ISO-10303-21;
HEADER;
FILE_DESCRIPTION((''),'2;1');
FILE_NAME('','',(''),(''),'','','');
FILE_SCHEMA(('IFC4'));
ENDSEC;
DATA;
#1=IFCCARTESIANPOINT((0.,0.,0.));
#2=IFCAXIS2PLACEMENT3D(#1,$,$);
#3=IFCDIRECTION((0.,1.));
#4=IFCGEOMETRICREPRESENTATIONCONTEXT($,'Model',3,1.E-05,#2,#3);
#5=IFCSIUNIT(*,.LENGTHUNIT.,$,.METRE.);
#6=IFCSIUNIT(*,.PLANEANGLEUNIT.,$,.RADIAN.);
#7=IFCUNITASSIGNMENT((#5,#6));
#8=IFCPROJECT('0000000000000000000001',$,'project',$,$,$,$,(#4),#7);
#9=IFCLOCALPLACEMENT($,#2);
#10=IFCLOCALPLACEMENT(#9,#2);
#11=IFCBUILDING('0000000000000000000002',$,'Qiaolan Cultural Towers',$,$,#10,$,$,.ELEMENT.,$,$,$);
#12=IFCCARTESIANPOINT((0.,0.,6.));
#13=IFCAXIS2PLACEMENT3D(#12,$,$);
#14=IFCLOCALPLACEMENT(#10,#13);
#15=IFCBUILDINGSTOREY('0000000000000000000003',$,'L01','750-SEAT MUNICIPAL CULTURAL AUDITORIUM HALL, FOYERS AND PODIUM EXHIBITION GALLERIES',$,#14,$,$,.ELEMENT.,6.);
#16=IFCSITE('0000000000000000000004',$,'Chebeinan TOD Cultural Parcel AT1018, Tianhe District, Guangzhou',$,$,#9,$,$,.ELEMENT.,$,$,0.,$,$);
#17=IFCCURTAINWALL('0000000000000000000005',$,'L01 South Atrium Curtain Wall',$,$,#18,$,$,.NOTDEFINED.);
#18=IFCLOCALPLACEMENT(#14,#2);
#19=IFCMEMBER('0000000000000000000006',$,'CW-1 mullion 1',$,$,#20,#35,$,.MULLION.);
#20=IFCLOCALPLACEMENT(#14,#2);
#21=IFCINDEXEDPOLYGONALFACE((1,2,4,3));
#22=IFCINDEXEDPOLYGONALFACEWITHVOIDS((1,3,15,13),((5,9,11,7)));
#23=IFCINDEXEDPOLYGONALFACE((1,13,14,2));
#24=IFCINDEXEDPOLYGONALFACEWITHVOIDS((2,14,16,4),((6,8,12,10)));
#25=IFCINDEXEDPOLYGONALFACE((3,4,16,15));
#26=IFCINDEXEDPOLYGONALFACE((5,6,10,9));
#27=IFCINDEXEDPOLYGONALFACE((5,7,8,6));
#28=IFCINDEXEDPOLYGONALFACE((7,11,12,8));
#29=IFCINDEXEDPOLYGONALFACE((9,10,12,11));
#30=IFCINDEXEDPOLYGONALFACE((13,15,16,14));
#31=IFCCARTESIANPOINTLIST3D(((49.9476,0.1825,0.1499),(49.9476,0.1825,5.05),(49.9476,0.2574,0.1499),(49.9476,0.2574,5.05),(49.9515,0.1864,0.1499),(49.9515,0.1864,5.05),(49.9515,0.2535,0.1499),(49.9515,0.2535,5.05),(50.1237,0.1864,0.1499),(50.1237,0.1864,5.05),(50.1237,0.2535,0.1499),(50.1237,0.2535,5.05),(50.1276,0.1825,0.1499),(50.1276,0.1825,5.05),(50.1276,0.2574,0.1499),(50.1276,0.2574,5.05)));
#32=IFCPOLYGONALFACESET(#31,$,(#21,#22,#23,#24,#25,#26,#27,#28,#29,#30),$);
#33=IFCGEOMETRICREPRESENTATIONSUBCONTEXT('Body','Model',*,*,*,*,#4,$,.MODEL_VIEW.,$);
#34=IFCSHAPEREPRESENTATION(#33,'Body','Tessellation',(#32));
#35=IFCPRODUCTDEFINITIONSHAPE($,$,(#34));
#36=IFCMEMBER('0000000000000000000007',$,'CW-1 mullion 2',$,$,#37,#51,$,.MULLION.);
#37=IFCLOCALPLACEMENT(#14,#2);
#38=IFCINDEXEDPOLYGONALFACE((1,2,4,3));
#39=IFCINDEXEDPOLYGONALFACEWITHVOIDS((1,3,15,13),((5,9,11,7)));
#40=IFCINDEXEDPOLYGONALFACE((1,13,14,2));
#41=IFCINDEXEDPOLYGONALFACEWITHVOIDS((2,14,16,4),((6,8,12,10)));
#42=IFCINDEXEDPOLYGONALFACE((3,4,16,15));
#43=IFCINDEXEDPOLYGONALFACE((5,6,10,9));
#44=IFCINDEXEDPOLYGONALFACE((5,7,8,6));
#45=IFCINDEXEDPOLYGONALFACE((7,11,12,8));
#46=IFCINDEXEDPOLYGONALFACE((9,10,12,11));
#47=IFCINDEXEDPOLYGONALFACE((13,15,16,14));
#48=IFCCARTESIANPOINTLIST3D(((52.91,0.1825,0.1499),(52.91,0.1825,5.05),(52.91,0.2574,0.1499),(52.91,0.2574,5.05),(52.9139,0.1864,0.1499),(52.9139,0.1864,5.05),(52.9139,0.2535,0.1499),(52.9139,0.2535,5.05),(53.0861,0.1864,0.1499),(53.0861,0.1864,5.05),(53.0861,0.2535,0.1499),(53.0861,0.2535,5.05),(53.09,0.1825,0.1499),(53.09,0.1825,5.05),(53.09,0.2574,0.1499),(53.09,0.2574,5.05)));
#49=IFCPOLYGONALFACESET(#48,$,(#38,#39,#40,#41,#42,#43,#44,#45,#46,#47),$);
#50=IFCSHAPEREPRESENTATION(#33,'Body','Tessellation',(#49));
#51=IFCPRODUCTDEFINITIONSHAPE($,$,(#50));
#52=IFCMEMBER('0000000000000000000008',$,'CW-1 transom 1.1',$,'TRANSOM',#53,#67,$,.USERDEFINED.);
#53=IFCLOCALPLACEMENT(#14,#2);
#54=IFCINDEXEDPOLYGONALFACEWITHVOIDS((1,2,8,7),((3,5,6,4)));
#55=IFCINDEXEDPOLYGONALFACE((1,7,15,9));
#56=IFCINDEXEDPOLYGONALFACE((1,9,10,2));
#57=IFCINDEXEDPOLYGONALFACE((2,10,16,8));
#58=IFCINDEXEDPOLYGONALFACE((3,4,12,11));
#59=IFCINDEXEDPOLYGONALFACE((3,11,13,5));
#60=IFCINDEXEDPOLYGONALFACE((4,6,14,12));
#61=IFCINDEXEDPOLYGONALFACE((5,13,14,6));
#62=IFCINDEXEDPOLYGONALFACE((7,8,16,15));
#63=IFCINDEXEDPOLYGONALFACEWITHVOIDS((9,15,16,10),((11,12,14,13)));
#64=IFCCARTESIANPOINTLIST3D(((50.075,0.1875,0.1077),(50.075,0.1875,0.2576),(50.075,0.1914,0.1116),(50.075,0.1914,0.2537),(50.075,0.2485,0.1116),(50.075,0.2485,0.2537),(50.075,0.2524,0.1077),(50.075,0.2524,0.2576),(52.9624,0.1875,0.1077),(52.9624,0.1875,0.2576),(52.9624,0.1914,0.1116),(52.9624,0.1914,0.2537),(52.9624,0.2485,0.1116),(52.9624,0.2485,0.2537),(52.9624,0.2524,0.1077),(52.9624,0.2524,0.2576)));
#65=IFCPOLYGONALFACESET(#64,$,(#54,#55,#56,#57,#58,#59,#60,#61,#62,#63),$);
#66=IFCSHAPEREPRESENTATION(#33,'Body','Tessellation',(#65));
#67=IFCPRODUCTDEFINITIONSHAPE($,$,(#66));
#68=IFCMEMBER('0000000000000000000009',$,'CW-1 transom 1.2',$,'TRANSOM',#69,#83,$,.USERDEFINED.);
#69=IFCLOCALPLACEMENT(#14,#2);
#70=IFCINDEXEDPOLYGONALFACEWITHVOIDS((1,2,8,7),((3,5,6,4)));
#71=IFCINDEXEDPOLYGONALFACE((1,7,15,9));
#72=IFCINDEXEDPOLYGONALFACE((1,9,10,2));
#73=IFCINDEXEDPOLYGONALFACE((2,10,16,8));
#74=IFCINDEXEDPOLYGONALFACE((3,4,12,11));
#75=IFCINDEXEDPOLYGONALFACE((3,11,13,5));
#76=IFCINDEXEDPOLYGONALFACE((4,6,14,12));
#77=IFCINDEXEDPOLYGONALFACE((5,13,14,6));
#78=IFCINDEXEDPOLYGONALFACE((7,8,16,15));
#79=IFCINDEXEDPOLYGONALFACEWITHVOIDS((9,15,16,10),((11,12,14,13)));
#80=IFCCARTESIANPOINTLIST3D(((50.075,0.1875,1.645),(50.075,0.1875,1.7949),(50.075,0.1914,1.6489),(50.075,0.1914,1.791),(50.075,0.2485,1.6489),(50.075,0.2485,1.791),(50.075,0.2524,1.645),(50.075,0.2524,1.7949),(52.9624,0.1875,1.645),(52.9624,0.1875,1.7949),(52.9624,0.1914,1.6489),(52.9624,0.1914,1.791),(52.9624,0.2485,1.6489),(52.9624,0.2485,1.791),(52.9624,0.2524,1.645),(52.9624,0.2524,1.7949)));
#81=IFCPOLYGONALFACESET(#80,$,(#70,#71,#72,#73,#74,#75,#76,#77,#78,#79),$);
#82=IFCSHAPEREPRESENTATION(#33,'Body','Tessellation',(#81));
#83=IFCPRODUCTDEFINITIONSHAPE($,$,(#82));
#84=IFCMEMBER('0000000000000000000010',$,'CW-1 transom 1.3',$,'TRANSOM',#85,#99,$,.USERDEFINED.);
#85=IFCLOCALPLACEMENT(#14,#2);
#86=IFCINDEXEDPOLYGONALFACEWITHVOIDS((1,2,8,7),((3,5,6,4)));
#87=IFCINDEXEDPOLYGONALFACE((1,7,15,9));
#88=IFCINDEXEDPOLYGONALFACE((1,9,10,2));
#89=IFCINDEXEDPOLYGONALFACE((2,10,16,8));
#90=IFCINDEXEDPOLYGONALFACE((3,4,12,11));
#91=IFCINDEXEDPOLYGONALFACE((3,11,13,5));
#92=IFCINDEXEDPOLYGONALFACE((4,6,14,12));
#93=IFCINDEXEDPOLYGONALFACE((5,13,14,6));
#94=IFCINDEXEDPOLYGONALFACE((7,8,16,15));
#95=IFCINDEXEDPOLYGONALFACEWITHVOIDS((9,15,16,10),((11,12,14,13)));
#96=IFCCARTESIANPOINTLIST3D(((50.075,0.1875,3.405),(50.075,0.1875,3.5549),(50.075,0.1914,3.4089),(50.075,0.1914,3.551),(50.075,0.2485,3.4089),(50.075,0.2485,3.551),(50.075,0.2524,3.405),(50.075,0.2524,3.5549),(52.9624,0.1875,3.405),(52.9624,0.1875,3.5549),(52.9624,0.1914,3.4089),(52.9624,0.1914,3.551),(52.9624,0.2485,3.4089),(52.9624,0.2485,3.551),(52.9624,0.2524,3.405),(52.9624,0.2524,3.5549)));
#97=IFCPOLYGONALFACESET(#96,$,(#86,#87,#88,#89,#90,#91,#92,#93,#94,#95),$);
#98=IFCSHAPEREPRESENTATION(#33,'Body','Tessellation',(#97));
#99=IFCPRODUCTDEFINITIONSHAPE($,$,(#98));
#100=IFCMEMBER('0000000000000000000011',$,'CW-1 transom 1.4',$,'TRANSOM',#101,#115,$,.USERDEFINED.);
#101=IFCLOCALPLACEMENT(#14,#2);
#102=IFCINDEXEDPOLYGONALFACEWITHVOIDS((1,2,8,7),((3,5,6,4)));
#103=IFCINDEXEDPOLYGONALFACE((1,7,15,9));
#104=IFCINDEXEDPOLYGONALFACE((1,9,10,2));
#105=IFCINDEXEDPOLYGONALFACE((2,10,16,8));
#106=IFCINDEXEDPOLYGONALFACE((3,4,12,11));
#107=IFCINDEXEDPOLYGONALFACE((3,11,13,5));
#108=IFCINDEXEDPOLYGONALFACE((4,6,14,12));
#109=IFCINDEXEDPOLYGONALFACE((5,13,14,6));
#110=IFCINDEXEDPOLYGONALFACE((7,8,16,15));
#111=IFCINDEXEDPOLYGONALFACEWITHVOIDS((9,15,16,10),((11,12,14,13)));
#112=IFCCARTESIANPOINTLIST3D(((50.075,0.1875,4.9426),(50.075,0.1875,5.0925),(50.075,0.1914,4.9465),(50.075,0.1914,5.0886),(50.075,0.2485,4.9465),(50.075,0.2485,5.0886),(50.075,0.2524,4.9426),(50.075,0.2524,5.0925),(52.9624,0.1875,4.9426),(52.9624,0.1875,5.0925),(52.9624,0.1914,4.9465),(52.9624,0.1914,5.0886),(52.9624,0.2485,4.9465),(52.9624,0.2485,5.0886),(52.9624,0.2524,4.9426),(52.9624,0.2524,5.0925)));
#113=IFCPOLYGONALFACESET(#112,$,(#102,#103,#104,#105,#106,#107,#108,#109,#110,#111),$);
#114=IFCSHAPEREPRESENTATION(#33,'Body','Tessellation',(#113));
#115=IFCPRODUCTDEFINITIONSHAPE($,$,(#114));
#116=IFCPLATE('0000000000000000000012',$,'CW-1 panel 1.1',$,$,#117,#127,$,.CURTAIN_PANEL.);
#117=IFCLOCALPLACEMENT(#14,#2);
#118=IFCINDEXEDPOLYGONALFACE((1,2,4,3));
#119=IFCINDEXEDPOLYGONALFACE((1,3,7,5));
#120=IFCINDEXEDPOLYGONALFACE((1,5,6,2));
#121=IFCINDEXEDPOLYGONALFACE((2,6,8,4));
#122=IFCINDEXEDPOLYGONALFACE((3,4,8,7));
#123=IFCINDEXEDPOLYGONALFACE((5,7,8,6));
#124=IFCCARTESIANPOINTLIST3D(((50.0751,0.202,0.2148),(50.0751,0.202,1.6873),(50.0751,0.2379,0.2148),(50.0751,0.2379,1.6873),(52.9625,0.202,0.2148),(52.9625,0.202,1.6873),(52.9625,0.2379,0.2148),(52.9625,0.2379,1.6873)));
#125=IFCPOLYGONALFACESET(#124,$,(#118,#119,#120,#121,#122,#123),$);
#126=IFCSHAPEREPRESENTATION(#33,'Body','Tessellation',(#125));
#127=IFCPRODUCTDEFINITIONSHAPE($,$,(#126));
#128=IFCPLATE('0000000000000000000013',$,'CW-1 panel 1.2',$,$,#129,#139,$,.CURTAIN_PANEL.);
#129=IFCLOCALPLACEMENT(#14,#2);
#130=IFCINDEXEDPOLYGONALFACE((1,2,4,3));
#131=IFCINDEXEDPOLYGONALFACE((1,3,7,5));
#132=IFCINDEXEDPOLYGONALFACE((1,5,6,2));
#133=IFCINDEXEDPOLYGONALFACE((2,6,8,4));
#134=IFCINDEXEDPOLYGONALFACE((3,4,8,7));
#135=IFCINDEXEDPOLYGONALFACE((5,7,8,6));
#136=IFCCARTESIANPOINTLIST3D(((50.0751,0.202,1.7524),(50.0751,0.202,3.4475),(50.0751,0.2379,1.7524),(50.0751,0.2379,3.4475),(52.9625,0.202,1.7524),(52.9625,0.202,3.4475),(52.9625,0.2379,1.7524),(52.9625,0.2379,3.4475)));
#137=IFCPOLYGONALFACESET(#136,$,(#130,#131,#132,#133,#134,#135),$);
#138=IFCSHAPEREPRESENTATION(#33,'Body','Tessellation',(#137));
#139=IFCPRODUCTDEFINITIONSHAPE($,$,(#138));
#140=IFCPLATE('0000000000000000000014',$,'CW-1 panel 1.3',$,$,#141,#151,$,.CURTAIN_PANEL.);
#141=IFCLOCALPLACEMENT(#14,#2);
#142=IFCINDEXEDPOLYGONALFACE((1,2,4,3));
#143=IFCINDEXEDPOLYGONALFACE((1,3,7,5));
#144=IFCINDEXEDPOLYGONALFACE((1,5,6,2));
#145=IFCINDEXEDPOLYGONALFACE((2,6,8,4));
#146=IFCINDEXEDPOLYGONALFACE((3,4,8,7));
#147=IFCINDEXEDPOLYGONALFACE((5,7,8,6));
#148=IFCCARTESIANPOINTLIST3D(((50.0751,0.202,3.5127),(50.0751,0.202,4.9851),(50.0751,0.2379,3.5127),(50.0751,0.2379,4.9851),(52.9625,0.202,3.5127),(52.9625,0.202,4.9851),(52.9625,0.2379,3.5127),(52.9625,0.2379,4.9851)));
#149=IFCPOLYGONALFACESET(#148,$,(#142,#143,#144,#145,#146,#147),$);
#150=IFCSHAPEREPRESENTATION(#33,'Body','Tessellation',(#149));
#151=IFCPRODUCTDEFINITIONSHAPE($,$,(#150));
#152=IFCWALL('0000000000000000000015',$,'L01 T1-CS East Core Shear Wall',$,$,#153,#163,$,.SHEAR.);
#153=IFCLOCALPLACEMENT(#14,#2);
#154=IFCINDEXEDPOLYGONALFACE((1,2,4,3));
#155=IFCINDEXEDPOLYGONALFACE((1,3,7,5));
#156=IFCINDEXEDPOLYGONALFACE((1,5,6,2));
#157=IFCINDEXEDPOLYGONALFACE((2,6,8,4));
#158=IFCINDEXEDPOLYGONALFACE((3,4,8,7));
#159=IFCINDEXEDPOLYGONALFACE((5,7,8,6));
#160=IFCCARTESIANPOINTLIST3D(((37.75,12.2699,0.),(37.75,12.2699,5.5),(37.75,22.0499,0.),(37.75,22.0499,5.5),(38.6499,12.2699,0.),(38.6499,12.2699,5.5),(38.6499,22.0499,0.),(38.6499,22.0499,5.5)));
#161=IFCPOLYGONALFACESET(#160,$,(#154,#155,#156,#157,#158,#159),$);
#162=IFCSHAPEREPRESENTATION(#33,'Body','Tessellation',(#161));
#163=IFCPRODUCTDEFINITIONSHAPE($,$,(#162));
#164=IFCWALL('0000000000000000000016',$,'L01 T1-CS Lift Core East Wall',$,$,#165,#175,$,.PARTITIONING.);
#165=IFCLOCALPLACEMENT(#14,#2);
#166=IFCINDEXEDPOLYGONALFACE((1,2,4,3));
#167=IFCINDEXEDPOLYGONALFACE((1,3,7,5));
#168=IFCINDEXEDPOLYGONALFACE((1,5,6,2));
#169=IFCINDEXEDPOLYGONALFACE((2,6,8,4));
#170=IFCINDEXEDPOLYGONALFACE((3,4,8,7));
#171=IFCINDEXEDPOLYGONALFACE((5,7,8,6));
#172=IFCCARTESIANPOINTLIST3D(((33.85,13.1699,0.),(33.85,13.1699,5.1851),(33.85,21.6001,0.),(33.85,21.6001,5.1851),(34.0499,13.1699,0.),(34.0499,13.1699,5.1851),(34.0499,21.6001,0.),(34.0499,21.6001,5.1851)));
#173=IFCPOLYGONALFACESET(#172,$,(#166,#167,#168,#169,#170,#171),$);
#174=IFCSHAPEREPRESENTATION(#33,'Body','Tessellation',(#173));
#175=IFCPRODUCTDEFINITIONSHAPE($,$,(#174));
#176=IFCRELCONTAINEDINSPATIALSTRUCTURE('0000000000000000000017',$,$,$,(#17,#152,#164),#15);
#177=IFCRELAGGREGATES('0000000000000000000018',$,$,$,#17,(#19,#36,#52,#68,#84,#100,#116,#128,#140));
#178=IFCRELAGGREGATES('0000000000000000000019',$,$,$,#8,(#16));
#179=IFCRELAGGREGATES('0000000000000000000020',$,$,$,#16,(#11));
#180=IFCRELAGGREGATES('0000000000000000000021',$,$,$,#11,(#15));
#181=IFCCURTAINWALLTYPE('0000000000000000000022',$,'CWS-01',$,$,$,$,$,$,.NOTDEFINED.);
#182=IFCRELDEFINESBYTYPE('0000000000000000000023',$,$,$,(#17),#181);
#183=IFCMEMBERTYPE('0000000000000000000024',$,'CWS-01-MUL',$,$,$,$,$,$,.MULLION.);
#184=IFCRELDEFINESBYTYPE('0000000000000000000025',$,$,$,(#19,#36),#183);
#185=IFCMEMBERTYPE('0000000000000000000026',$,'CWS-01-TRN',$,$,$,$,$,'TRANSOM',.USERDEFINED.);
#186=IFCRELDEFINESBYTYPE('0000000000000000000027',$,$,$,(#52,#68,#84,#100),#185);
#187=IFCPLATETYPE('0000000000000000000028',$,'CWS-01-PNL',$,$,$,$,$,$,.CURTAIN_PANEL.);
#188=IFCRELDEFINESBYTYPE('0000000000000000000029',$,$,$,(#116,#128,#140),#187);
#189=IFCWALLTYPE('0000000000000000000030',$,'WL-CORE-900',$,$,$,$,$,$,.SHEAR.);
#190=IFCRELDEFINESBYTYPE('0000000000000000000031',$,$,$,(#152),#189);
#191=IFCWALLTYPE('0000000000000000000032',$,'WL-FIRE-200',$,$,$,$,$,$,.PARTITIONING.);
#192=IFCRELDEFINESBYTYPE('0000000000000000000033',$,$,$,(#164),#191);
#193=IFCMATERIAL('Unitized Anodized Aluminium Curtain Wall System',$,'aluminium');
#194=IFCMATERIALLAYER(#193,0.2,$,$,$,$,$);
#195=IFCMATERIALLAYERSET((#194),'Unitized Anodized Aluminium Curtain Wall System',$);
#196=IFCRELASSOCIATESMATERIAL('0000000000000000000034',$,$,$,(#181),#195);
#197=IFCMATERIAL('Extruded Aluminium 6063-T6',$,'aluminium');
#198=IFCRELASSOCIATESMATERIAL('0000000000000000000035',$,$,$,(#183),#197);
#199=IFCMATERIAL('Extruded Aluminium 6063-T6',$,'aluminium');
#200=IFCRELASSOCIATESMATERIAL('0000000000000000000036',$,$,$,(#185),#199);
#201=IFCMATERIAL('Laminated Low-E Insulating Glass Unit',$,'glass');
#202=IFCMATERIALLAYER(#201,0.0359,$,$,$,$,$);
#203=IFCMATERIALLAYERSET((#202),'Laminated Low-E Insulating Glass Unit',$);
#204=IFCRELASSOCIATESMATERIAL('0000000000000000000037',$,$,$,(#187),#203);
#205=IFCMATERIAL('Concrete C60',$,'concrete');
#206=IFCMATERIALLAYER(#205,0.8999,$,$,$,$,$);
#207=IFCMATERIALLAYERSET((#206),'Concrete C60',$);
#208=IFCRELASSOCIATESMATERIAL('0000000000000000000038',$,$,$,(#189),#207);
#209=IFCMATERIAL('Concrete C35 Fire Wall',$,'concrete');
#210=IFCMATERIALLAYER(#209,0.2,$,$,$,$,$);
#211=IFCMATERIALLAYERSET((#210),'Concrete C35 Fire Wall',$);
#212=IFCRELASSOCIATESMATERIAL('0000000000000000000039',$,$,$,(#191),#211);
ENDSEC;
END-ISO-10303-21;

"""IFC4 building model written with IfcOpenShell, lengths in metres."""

from ifc_helpers import new_model, si_unit, direction, frame, frame_2d, origin, origin_2d, place, context, subcontext, project, spatial, rectangle, hollow_rectangle, extrude, material, layer, layer_set, material_profile, profile_set, type_object, element, aggregate, save


model = new_model("IFC4")

# Units and contexts
model_context = context("Model", 3, precision=1e-05, world=origin(), true_north=direction((0.0, 1.0)))
body_context = subcontext(model_context, "Body", "Model", "MODEL_VIEW")
ifc_project = project(units=[si_unit("LENGTHUNIT", "METRE"), si_unit("PLANEANGLEUNIT", "RADIAN")], contexts=[model_context])

# Site, building, storey
site_placement = place(None, origin())
site = spatial("IfcSite", under=ifc_project, at=site_placement, Name="Chebeinan TOD Cultural Parcel AT1018, Tianhe District, Guangzhou", CompositionType="ELEMENT", RefElevation=0.0)
building_placement = place(site_placement, origin())
building = spatial("IfcBuilding", under=site, at=building_placement, Name="Qiaolan Cultural Towers", CompositionType="ELEMENT")
storey_placement = place(building_placement, frame((0.0, 0.0, 6.0)))
storey = spatial("IfcBuildingStorey", under=building, at=storey_placement, Name="L01", Description="750-SEAT MUNICIPAL CULTURAL AUDITORIUM HALL, FOYERS AND PODIUM EXHIBITION GALLERIES", CompositionType="ELEMENT", Elevation=6.0)

# Curtain wall, members, plates
ifc_material_1 = material(Name="Unitized Anodized Aluminium Curtain Wall System", Category="aluminium")
ifc_layer_1 = layer(ifc_material_1, 0.2)
ifc_layer_set_1 = layer_set([ifc_layer_1], Name="Unitized Anodized Aluminium Curtain Wall System")
curtain_wall_type = type_object("IfcCurtainWallType", Name="CWS-01", PredefinedType="NOTDEFINED", material=ifc_layer_set_1)
curtain_wall_placement = place(storey_placement, origin())
curtain_wall = element("IfcCurtainWall", 1, at=curtain_wall_placement, inside=storey, type_object=curtain_wall_type, Name="L01 South Atrium Curtain Wall", PredefinedType="NOTDEFINED")
ifc_material_2 = material(Name="Extruded Aluminium 6063-T6", Category="aluminium")
ifc_material_profile_1 = material_profile(ifc_material_2, hollow_rectangle(XDim=0.075, YDim=0.1799, WallThickness=0.0039, at=origin_2d()), Name="CWM-180x75x4")
ifc_profile_set_1 = profile_set([ifc_material_profile_1], Name="Extruded Aluminium 6063-T6")
member_type_1 = type_object("IfcMemberType", Name="CWS-01-MUL", PredefinedType="MULLION", material=ifc_profile_set_1)
member_1_placement = place(storey_placement, frame((50.0376, 0.22, 0.1499), z_axis=(0.0, 0.0, 1.0), x_axis=(0.0, 1.0, 0.0)))
member_1 = element("IfcMember", 2, at=member_1_placement, type_object=member_type_1, Name="CW-1 mullion 1", PredefinedType="MULLION", context=body_context, shape_type="SweptSolid", body=[
    extrude(hollow_rectangle(XDim=0.075, YDim=0.1799, WallThickness=0.0039, at=origin_2d()), origin(), (0.0, 0.0, 1.0), 4.9001),
])
member_2_placement = place(storey_placement, frame((53.0, 0.22, 0.1499), z_axis=(0.0, 0.0, 1.0), x_axis=(0.0, 1.0, 0.0)))
member_2 = element("IfcMember", 3, at=member_2_placement, type_object=member_type_1, Name="CW-1 mullion 2", PredefinedType="MULLION", context=body_context, shape_type="SweptSolid", body=[
    extrude(hollow_rectangle(XDim=0.075, YDim=0.1799, WallThickness=0.0039, at=origin_2d()), origin(), (0.0, 0.0, 1.0), 4.9001),
])
ifc_material_3 = material(Name="Extruded Aluminium 6063-T6", Category="aluminium")
ifc_material_profile_2 = material_profile(ifc_material_3, hollow_rectangle(XDim=0.0649, YDim=0.1499, WallThickness=0.0039, at=origin_2d()), Name="CWT-150x65x4")
ifc_profile_set_2 = profile_set([ifc_material_profile_2], Name="Extruded Aluminium 6063-T6")
member_type_2 = type_object("IfcMemberType", Name="CWS-01-TRN", ElementType="TRANSOM", PredefinedType="USERDEFINED", material=ifc_profile_set_2)
member_3_placement = place(storey_placement, frame((50.075, 0.22, 0.1826), z_axis=(1.0, 0.0, 0.0), x_axis=(0.0, 1.0, 0.0)))
member_3 = element("IfcMember", 4, at=member_3_placement, type_object=member_type_2, Name="CW-1 transom 1.1", ObjectType="TRANSOM", PredefinedType="USERDEFINED", context=body_context, shape_type="SweptSolid", body=[
    extrude(hollow_rectangle(XDim=0.0649, YDim=0.1499, WallThickness=0.0039, at=origin_2d()), origin(), (0.0, 0.0, 1.0), 2.8875),
])
member_4_placement = place(storey_placement, frame((50.075, 0.22, 1.72), z_axis=(1.0, 0.0, 0.0), x_axis=(0.0, 1.0, 0.0)))
member_4 = element("IfcMember", 5, at=member_4_placement, type_object=member_type_2, Name="CW-1 transom 1.2", ObjectType="TRANSOM", PredefinedType="USERDEFINED", context=body_context, shape_type="SweptSolid", body=[
    extrude(hollow_rectangle(XDim=0.0649, YDim=0.1499, WallThickness=0.0039, at=origin_2d()), origin(), (0.0, 0.0, 1.0), 2.8875),
])
member_5_placement = place(storey_placement, frame((50.075, 0.22, 3.48), z_axis=(1.0, 0.0, 0.0), x_axis=(0.0, 1.0, 0.0)))
member_5 = element("IfcMember", 6, at=member_5_placement, type_object=member_type_2, Name="CW-1 transom 1.3", ObjectType="TRANSOM", PredefinedType="USERDEFINED", context=body_context, shape_type="SweptSolid", body=[
    extrude(hollow_rectangle(XDim=0.0649, YDim=0.1499, WallThickness=0.0039, at=origin_2d()), origin(), (0.0, 0.0, 1.0), 2.8875),
])
member_6_placement = place(storey_placement, frame((50.075, 0.22, 5.0176), z_axis=(1.0, 0.0, 0.0), x_axis=(0.0, 1.0, 0.0)))
member_6 = element("IfcMember", 7, at=member_6_placement, type_object=member_type_2, Name="CW-1 transom 1.4", ObjectType="TRANSOM", PredefinedType="USERDEFINED", context=body_context, shape_type="SweptSolid", body=[
    extrude(hollow_rectangle(XDim=0.0649, YDim=0.1499, WallThickness=0.0039, at=origin_2d()), origin(), (0.0, 0.0, 1.0), 2.8875),
])
ifc_material_4 = material(Name="Laminated Low-E Insulating Glass Unit", Category="glass")
ifc_layer_2 = layer(ifc_material_4, 0.0359)
ifc_layer_set_2 = layer_set([ifc_layer_2], Name="Laminated Low-E Insulating Glass Unit")
plate_type = type_object("IfcPlateType", Name="CWS-01-PNL", PredefinedType="CURTAIN_PANEL", material=ifc_layer_set_2)
plate_1_placement = place(storey_placement, frame((51.5188, 0.22, 0.2148), z_axis=(0.0, 0.0, 1.0), x_axis=(1.0, 0.0, 0.0)))
plate_1 = element("IfcPlate", 8, at=plate_1_placement, type_object=plate_type, Name="CW-1 panel 1.1", PredefinedType="CURTAIN_PANEL", context=body_context, shape_type="SweptSolid", body=[
    extrude(rectangle(XDim=2.8875, YDim=0.0359, at=origin_2d()), origin(), (0.0, 0.0, 1.0), 1.4724),
])
plate_2_placement = place(storey_placement, frame((51.5188, 0.22, 1.7524), z_axis=(0.0, 0.0, 1.0), x_axis=(1.0, 0.0, 0.0)))
plate_2 = element("IfcPlate", 9, at=plate_2_placement, type_object=plate_type, Name="CW-1 panel 1.2", PredefinedType="CURTAIN_PANEL", context=body_context, shape_type="SweptSolid", body=[
    extrude(rectangle(XDim=2.8875, YDim=0.0359, at=origin_2d()), origin(), (0.0, 0.0, 1.0), 1.6951),
])
plate_3_placement = place(storey_placement, frame((51.5188, 0.22, 3.5127), z_axis=(0.0, 0.0, 1.0), x_axis=(1.0, 0.0, 0.0)))
plate_3 = element("IfcPlate", 10, at=plate_3_placement, type_object=plate_type, Name="CW-1 panel 1.3", PredefinedType="CURTAIN_PANEL", context=body_context, shape_type="SweptSolid", body=[
    extrude(rectangle(XDim=2.8875, YDim=0.0359, at=origin_2d()), origin(), (0.0, 0.0, 1.0), 1.4724),
])
aggregate(curtain_wall, [member_1, member_2, member_3, member_4, member_5, member_6, plate_1, plate_2, plate_3])

# Walls
ifc_material_5 = material(Name="Concrete C60", Category="concrete")
ifc_layer_3 = layer(ifc_material_5, 0.8999)
ifc_layer_set_3 = layer_set([ifc_layer_3], Name="Concrete C60")
wall_type_1 = type_object("IfcWallType", Name="WL-CORE-900", PredefinedType="SHEAR", material=ifc_layer_set_3)
wall_1_placement = place(storey_placement, frame((38.2, 22.05, 0.0), z_axis=(0.0, 0.0, 1.0), x_axis=(0.0, -1.0, 0.0)))
element("IfcWall", 11, at=wall_1_placement, inside=storey, type_object=wall_type_1, Name="L01 T1-CS East Core Shear Wall", PredefinedType="SHEAR", context=body_context, shape_type="SweptSolid", body=[
    extrude(rectangle(XDim=9.78, YDim=0.8999, at=frame_2d((4.8901, 0.0))), origin(), (0.0, 0.0, 1.0), 5.5),
])
ifc_material_6 = material(Name="Concrete C35 Fire Wall", Category="concrete")
ifc_layer_4 = layer(ifc_material_6, 0.2)
ifc_layer_set_4 = layer_set([ifc_layer_4], Name="Concrete C35 Fire Wall")
wall_type_2 = type_object("IfcWallType", Name="WL-FIRE-200", PredefinedType="PARTITIONING", material=ifc_layer_set_4)
wall_2_placement = place(storey_placement, frame((33.95, 21.6001, 0.0), z_axis=(0.0, 0.0, 1.0), x_axis=(0.0, -1.0, 0.0)))
element("IfcWall", 12, at=wall_2_placement, inside=storey, type_object=wall_type_2, Name="L01 T1-CS Lift Core East Wall", PredefinedType="PARTITIONING", context=body_context, shape_type="SweptSolid", body=[
    extrude(rectangle(XDim=8.4302, YDim=0.2, at=frame_2d((4.2151, 0.0))), origin(), (0.0, 0.0, 1.0), 5.1851),
])

save(model, "model.ifc")
